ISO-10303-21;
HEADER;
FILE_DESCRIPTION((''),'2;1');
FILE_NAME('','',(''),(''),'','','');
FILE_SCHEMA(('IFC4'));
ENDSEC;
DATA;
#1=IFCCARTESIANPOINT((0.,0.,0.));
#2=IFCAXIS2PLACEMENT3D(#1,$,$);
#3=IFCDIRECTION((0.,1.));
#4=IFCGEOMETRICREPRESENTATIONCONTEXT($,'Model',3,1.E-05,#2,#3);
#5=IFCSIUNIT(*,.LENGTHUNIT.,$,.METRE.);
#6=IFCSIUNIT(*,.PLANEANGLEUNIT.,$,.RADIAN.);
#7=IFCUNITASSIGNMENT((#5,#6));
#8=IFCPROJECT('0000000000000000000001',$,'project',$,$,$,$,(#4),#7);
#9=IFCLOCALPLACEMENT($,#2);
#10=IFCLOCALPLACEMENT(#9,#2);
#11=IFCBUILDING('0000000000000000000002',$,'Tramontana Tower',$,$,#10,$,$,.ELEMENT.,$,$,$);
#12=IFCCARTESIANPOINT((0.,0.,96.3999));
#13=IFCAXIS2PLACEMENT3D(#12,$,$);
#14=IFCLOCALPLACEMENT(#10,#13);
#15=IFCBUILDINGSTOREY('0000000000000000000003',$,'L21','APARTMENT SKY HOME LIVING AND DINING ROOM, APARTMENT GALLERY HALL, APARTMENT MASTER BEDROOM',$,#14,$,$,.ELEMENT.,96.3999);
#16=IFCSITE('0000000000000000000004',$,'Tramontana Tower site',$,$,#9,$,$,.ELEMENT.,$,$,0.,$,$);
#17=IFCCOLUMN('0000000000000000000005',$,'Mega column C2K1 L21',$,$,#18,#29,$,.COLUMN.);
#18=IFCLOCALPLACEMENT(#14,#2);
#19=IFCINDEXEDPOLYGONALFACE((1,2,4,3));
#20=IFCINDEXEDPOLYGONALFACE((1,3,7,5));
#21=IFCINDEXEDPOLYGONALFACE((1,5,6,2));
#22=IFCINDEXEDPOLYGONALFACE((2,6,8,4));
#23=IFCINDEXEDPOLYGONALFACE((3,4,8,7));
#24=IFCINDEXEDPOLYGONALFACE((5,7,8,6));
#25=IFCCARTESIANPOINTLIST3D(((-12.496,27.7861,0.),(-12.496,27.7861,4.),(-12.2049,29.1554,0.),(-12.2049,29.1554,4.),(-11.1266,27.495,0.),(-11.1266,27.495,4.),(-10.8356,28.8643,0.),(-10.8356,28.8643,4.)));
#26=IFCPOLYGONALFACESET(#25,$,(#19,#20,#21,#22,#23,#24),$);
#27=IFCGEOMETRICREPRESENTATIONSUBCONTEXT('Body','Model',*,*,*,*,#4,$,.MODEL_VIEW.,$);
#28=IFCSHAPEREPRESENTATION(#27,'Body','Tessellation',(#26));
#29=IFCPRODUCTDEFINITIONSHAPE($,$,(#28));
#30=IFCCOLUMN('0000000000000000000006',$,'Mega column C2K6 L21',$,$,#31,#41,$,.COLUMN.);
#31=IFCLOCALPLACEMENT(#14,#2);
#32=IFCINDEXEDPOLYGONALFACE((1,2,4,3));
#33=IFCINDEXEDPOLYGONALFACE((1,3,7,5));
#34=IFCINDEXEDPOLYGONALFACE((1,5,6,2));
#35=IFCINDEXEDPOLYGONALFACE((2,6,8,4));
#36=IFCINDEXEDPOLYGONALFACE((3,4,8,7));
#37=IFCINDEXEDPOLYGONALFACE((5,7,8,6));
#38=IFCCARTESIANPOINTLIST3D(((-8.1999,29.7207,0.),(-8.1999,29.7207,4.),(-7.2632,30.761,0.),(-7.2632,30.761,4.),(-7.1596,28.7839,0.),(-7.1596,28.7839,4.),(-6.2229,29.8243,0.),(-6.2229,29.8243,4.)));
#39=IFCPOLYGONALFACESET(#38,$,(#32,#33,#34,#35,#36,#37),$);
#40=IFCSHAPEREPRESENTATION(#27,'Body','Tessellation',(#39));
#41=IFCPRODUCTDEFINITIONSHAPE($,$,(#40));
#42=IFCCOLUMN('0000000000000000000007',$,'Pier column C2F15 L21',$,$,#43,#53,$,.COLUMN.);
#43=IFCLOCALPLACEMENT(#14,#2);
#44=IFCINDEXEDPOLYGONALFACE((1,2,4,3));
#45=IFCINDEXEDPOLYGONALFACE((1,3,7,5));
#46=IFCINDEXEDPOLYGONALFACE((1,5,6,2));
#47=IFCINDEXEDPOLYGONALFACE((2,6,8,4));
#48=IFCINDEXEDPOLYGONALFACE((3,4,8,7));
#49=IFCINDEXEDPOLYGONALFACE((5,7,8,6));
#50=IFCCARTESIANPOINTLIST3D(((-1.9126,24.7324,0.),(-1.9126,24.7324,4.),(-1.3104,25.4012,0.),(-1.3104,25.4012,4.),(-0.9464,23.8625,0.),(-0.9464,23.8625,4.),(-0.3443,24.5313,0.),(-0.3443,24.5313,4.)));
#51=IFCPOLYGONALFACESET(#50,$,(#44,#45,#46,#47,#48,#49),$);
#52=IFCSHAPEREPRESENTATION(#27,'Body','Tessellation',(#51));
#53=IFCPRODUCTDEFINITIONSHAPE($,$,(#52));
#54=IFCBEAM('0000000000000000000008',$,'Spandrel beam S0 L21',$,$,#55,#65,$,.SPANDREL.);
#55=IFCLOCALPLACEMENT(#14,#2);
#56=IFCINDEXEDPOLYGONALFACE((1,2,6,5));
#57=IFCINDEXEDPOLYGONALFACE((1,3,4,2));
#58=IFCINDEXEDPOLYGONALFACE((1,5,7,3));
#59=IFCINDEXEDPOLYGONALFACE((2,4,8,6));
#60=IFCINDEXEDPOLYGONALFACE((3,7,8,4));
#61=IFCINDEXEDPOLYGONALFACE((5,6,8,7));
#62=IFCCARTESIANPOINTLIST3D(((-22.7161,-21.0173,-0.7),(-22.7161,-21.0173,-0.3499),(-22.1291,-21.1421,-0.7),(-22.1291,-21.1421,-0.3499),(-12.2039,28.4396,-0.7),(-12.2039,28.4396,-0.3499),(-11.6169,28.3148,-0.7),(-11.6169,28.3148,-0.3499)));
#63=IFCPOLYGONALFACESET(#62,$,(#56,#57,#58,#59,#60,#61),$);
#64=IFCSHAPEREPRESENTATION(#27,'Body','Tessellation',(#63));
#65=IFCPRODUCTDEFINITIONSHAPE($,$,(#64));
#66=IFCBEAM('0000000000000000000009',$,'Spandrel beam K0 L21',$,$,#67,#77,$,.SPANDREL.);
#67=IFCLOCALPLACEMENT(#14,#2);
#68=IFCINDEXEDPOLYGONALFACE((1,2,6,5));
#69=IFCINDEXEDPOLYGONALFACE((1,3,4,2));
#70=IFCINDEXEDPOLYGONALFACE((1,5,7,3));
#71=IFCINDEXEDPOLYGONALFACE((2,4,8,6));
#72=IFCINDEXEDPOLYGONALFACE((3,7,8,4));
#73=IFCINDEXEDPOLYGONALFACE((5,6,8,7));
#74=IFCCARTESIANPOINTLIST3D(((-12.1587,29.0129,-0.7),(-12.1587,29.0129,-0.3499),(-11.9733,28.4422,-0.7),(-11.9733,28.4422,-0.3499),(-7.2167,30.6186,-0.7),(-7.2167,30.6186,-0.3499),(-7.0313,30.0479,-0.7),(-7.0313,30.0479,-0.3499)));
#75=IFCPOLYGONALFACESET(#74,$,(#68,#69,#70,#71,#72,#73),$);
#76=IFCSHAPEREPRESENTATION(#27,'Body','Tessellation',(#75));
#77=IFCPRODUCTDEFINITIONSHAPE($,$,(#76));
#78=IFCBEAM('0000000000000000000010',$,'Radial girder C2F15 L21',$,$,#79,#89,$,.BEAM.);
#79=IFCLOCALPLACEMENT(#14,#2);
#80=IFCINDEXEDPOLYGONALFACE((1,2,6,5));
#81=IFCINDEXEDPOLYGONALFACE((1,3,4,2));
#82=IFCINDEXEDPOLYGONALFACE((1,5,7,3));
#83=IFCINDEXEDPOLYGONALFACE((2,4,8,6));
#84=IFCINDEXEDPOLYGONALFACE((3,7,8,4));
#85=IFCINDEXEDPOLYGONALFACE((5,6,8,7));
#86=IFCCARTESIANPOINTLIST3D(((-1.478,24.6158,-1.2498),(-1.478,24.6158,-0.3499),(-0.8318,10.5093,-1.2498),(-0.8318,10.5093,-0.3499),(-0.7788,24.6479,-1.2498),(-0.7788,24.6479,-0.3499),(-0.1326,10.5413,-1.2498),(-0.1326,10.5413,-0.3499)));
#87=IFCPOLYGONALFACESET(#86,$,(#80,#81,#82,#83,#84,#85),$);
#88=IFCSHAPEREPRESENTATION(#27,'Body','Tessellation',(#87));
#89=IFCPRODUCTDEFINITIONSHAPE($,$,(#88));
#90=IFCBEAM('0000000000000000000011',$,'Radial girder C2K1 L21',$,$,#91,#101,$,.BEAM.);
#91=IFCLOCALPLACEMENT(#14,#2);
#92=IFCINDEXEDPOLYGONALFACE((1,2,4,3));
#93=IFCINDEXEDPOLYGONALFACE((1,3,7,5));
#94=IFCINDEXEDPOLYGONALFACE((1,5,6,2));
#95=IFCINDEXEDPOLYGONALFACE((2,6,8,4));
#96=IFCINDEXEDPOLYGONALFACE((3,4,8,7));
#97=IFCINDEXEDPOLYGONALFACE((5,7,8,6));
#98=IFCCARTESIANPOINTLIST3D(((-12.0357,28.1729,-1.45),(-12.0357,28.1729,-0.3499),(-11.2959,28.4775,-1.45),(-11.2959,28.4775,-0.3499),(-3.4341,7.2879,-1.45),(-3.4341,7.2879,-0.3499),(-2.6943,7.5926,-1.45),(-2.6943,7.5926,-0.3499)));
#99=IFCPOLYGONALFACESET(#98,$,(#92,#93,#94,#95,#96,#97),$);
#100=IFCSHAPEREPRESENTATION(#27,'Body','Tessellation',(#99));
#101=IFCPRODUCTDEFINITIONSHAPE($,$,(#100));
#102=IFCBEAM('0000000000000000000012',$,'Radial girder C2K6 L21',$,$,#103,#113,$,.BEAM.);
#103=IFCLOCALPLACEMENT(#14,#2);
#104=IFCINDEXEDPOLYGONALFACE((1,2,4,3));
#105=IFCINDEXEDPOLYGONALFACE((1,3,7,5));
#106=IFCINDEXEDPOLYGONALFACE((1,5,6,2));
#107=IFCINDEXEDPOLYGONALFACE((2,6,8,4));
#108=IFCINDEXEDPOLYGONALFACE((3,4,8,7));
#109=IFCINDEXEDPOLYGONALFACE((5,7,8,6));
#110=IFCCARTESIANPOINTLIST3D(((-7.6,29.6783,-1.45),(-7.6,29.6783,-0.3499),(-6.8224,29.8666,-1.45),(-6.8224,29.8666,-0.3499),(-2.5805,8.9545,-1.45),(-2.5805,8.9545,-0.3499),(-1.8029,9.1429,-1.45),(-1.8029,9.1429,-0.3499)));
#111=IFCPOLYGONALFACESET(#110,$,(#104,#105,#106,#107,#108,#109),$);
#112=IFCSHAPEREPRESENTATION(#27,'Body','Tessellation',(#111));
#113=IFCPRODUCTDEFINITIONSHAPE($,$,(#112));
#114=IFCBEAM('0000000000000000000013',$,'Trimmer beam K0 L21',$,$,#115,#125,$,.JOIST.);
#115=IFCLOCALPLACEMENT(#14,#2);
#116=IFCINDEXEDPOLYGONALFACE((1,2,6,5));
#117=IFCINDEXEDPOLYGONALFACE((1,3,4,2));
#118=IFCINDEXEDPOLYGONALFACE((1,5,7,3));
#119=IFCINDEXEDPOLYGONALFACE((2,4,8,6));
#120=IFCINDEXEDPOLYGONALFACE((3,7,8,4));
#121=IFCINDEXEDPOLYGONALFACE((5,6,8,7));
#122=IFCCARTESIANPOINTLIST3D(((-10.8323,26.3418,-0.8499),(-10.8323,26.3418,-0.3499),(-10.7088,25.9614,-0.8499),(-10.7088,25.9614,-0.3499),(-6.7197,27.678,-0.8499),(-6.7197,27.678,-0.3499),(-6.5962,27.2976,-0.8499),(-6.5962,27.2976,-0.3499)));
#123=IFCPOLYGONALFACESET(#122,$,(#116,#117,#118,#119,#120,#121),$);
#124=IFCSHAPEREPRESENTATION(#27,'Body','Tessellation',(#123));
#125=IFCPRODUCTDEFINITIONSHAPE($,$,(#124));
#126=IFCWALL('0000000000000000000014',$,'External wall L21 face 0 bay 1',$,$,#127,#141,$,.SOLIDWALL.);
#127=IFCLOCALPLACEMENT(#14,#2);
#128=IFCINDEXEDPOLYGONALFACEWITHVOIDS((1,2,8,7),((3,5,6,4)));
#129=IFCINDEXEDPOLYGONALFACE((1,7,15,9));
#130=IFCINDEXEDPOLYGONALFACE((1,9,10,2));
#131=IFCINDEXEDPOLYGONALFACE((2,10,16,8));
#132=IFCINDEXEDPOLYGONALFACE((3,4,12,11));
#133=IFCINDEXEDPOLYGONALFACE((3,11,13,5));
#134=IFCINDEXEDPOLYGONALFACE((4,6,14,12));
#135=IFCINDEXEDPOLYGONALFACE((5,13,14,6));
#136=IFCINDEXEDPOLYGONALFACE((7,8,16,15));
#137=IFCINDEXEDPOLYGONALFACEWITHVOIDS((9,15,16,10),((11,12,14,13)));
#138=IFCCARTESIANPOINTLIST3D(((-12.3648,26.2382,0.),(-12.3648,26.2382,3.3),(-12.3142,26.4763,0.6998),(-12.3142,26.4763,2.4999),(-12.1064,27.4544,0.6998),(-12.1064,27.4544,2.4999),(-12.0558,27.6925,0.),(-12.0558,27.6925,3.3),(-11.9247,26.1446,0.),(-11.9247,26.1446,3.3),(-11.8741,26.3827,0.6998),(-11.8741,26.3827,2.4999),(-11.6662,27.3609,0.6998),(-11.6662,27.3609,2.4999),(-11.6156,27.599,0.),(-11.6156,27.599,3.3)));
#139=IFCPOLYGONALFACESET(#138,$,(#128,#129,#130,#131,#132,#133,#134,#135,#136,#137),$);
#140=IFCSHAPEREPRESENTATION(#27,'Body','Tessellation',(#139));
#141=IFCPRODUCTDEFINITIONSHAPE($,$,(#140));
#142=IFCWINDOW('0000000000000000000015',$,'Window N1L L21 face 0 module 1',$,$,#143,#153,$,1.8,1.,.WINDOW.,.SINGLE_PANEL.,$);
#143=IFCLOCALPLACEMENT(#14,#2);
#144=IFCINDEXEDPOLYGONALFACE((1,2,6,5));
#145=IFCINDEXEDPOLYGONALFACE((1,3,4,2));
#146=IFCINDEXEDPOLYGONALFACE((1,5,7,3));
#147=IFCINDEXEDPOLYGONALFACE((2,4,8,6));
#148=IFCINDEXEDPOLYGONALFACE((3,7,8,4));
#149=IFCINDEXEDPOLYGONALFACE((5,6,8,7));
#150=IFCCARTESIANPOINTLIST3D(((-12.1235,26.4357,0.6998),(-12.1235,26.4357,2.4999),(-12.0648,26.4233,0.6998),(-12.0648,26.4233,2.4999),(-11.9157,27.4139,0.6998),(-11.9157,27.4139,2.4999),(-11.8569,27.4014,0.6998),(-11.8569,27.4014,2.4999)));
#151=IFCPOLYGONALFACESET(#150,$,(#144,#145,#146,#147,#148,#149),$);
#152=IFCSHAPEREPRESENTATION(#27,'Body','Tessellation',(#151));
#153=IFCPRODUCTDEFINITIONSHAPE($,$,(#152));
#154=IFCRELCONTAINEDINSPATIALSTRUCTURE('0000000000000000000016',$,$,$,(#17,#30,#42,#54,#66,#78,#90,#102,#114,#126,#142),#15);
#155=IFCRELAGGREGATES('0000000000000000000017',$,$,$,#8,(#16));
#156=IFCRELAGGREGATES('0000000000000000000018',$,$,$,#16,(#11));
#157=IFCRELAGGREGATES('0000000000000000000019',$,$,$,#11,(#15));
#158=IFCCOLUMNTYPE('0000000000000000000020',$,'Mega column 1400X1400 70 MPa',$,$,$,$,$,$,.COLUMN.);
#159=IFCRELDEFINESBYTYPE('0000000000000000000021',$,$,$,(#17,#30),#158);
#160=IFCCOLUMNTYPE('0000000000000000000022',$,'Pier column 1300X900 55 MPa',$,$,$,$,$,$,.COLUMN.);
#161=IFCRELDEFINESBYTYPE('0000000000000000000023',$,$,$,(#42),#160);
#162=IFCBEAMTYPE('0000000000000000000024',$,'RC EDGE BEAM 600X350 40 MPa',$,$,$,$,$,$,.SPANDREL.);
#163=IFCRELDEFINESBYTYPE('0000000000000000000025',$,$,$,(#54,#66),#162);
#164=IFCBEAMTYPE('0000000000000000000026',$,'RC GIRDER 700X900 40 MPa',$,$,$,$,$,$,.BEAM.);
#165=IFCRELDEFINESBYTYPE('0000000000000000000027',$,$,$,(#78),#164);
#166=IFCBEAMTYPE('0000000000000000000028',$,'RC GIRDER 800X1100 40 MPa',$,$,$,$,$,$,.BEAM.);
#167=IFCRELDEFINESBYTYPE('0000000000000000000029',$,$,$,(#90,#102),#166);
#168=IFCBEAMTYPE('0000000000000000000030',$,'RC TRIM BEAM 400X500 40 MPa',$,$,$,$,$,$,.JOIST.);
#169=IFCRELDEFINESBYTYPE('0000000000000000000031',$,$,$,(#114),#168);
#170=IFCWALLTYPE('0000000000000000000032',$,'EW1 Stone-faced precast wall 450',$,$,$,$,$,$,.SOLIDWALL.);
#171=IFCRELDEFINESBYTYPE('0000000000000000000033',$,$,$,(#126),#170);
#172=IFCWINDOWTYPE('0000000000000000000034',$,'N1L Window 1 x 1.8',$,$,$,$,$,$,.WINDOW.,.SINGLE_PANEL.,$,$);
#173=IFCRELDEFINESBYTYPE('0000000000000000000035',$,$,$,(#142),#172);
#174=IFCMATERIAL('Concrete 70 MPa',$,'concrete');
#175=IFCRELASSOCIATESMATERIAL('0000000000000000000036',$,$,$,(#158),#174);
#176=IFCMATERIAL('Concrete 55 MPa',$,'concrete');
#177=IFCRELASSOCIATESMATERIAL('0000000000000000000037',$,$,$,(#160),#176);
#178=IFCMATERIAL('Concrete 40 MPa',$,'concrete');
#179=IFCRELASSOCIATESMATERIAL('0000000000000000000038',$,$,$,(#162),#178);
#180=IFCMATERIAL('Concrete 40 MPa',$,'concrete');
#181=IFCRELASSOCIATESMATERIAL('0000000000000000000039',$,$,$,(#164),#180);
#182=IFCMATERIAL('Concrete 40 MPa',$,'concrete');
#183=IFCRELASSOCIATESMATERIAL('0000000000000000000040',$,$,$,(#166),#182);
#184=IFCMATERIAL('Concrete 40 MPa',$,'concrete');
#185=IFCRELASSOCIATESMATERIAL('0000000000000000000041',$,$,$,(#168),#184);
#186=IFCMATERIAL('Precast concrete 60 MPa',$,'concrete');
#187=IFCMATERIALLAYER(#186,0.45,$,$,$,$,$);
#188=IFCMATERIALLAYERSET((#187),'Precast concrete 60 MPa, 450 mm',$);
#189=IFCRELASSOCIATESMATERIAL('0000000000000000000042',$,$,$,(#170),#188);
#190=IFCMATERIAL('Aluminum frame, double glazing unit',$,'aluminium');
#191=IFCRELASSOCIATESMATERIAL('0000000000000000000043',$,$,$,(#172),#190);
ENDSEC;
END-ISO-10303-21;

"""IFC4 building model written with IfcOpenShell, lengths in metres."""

from ifc_helpers import new_model, si_unit, direction, frame, frame_2d, origin, origin_2d, place, context, subcontext, project, spatial, rectangle, extrude, material, layer, layer_set, material_profile, profile_set, type_object, element, fill, save


model = new_model("IFC4")

# Units and contexts
model_context = context("Model", 3, precision=1e-05, world=origin(), true_north=direction((0.0, 1.0)))
body_context = subcontext(model_context, "Body", "Model", "MODEL_VIEW")
ifc_project = project(units=[si_unit("LENGTHUNIT", "METRE"), si_unit("PLANEANGLEUNIT", "RADIAN")], contexts=[model_context])

# Site, building, storey
site_placement = place(None, origin())
site = spatial("IfcSite", under=ifc_project, at=site_placement, Name="Tramontana Tower site", CompositionType="ELEMENT", RefElevation=0.0)
building_placement = place(site_placement, origin())
building = spatial("IfcBuilding", under=site, at=building_placement, Name="Tramontana Tower", CompositionType="ELEMENT")
storey_placement = place(building_placement, frame((0.0, 0.0, 96.3999)))
storey = spatial("IfcBuildingStorey", under=building, at=storey_placement, Name="L21", Description="APARTMENT SKY HOME LIVING AND DINING ROOM, APARTMENT GALLERY HALL, APARTMENT MASTER BEDROOM", CompositionType="ELEMENT", Elevation=96.3999)

# Columns
ifc_material_1 = material(Name="Concrete 70 MPa", Category="concrete")
ifc_material_profile_1 = material_profile(ifc_material_1, rectangle(XDim=1.3999, YDim=1.3999, at=origin_2d()), Name="Mega column 1400X1400 70 MPa")
ifc_profile_set_1 = profile_set([ifc_material_profile_1], Name="Concrete 70 MPa")
column_type_1 = type_object("IfcColumnType", Name="Mega column 1400X1400 70 MPa", PredefinedType="COLUMN", material=ifc_profile_set_1)
for number, where, z_axis, x_axis, name in (
    (1, (-11.6658, 28.3252, 0.0), (0.0, 0.0, 1.0), (-0.207912, -0.978148, 0.0), "Mega column C2K1 L21"),
    (2, (-7.2114, 29.7725, 0.0), (0.0, 0.0, 1.0), (-0.743145, 0.669131, 0.0), "Mega column C2K6 L21"),
):
    element("IfcColumn", number, at=place(storey_placement, frame(where, z_axis=z_axis, x_axis=x_axis)), inside=storey, type_object=column_type_1, Name=name, PredefinedType="COLUMN", context=body_context, shape_type="SweptSolid", body=[
        extrude(rectangle(XDim=1.3999, YDim=1.3999, at=origin_2d()), origin(), (0.0, 0.0, 1.0), 4.0),
    ])
ifc_material_2 = material(Name="Concrete 55 MPa", Category="concrete")
ifc_material_profile_2 = material_profile(ifc_material_2, rectangle(XDim=1.3, YDim=0.8999, at=origin_2d()), Name="Pier column 1300X900 55 MPa")
ifc_profile_set_2 = profile_set([ifc_material_profile_2], Name="Concrete 55 MPa")
column_type_2 = type_object("IfcColumnType", Name="Pier column 1300X900 55 MPa", PredefinedType="COLUMN", material=ifc_profile_set_2)
column_placement = place(storey_placement, frame((-1.1284, 24.6318, 0.0), z_axis=(0.0, 0.0, 1.0), x_axis=(-0.743145, 0.669131, 0.0)))
element("IfcColumn", 3, at=column_placement, inside=storey, type_object=column_type_2, Name="Pier column C2F15 L21", PredefinedType="COLUMN", context=body_context, shape_type="SweptSolid", body=[
    extrude(rectangle(XDim=1.3, YDim=0.8999, at=origin_2d()), origin(), (0.0, 0.0, 1.0), 4.0),
])

# Beams
ifc_material_3 = material(Name="Concrete 40 MPa", Category="concrete")
ifc_material_profile_3 = material_profile(ifc_material_3, rectangle(XDim=0.6001, YDim=0.3501, at=origin_2d()), Name="RC EDGE BEAM 600X350 40 MPa")
ifc_profile_set_3 = profile_set([ifc_material_profile_3], Name="Concrete 40 MPa")
beam_type_1 = type_object("IfcBeamType", Name="RC EDGE BEAM 600X350 40 MPa", PredefinedType="SPANDREL", material=ifc_profile_set_3)
beam_1_placement = place(storey_placement, frame((-11.9104, 28.3772, -0.5249), z_axis=(-0.207909, -0.978148, 0.0), x_axis=(0.978148, -0.207909, 0.0)))
element("IfcBeam", 4, at=beam_1_placement, inside=storey, type_object=beam_type_1, Name="Spandrel beam S0 L21", PredefinedType="SPANDREL", context=body_context, shape_type="SweptSolid", body=[
    extrude(rectangle(XDim=0.6001, YDim=0.3501, at=origin_2d()), origin(), (0.0, 0.0, 1.0), 50.5618),
])
beam_2_placement = place(storey_placement, frame((-7.124, 30.3333, -0.5249), z_axis=(-0.951057, -0.309016, 0.0), x_axis=(0.309016, -0.951057, 0.0)))
element("IfcBeam", 5, at=beam_2_placement, inside=storey, type_object=beam_type_1, Name="Spandrel beam K0 L21", PredefinedType="SPANDREL", context=body_context, shape_type="SweptSolid", body=[
    extrude(rectangle(XDim=0.6001, YDim=0.3501, at=origin_2d()), origin(), (0.0, 0.0, 1.0), 5.1963),
])
ifc_material_4 = material(Name="Concrete 40 MPa", Category="concrete")
ifc_material_profile_4 = material_profile(ifc_material_4, rectangle(XDim=0.7, YDim=0.8999, at=origin_2d()), Name="RC GIRDER 700X900 40 MPa")
ifc_profile_set_4 = profile_set([ifc_material_profile_4], Name="Concrete 40 MPa")
beam_type_2 = type_object("IfcBeamType", Name="RC GIRDER 700X900 40 MPa", PredefinedType="BEAM", material=ifc_profile_set_4)
beam_3_placement = place(storey_placement, frame((-1.1284, 24.6318, -0.7998), z_axis=(0.045764, -0.998952, 0.0), x_axis=(0.998952, 0.045764, 0.0)))
element("IfcBeam", 6, at=beam_3_placement, inside=storey, type_object=beam_type_2, Name="Radial girder C2F15 L21", PredefinedType="BEAM", context=body_context, shape_type="SweptSolid", body=[
    extrude(rectangle(XDim=0.7, YDim=0.8999, at=origin_2d()), origin(), (0.0, 0.0, 1.0), 14.1213),
])
ifc_material_5 = material(Name="Concrete 40 MPa", Category="concrete")
ifc_material_profile_5 = material_profile(ifc_material_5, rectangle(XDim=0.8, YDim=1.1001, at=origin_2d()), Name="RC GIRDER 800X1100 40 MPa")
ifc_profile_set_5 = profile_set([ifc_material_profile_5], Name="Concrete 40 MPa")
beam_type_3 = type_object("IfcBeamType", Name="RC GIRDER 800X1100 40 MPa", PredefinedType="BEAM", material=ifc_profile_set_5)
beam_4_placement = place(storey_placement, frame((-11.6658, 28.3252, -0.8999), z_axis=(0.38082, -0.924649, 0.0), x_axis=(0.924649, 0.38082, 0.0)))
element("IfcBeam", 7, at=beam_4_placement, inside=storey, type_object=beam_type_3, Name="Radial girder C2K1 L21", PredefinedType="BEAM", context=body_context, shape_type="SweptSolid", body=[
    extrude(rectangle(XDim=0.8, YDim=1.1001, at=origin_2d()), origin(), (0.0, 0.0, 1.0), 22.5869),
])
beam_5_placement = place(storey_placement, frame((-7.2112, 29.7725, -0.8999), z_axis=(0.235403, -0.971898, 0.0), x_axis=(0.971898, 0.235403, 0.0)))
element("IfcBeam", 8, at=beam_5_placement, inside=storey, type_object=beam_type_3, Name="Radial girder C2K6 L21", PredefinedType="BEAM", context=body_context, shape_type="SweptSolid", body=[
    extrude(rectangle(XDim=0.8, YDim=1.1001, at=origin_2d()), origin(), (0.0, 0.0, 1.0), 21.323),
])
ifc_material_6 = material(Name="Concrete 40 MPa", Category="concrete")
ifc_material_profile_6 = material_profile(ifc_material_6, rectangle(XDim=0.3999, YDim=0.5, at=origin_2d()), Name="RC TRIM BEAM 400X500 40 MPa")
ifc_profile_set_6 = profile_set([ifc_material_profile_6], Name="Concrete 40 MPa")
beam_type_4 = type_object("IfcBeamType", Name="RC TRIM BEAM 400X500 40 MPa", PredefinedType="JOIST", material=ifc_profile_set_6)
beam_6_placement = place(storey_placement, frame((-6.658, 27.4878, -0.5999), z_axis=(-0.951061, -0.309003, 0.0), x_axis=(0.309003, -0.951061, 0.0)))
element("IfcBeam", 9, at=beam_6_placement, inside=storey, type_object=beam_type_4, Name="Trimmer beam K0 L21", PredefinedType="JOIST", context=body_context, shape_type="SweptSolid", body=[
    extrude(rectangle(XDim=0.3999, YDim=0.5, at=origin_2d()), origin(), (0.0, 0.0, 1.0), 4.3242),
])

# Wall, opening, window
ifc_material_7 = material(Name="Precast concrete 60 MPa", Category="concrete")
ifc_layer_1 = layer(ifc_material_7, 0.45)
ifc_layer_set_1 = layer_set([ifc_layer_1], Name="Precast concrete 60 MPa, 450 mm")
wall_type_1 = type_object("IfcWallType", Name="EW1 Stone-faced precast wall 450", PredefinedType="SOLIDWALL", material=ifc_layer_set_1)
wall_1_placement = place(storey_placement, frame((-11.8357, 27.6458, 0.0), z_axis=(0.0, 0.0, 1.0), x_axis=(-0.20788, -0.978154, 0.0)))
wall_1 = element("IfcWall", 10, at=wall_1_placement, inside=storey, type_object=wall_type_1, Name="External wall L21 face 0 bay 1", PredefinedType="SOLIDWALL", context=body_context, shape_type="SweptSolid", body=[
    extrude(rectangle(XDim=1.4868, YDim=0.45, at=frame_2d((0.7434, 0.0))), origin(), (0.0, 0.0, 1.0), 3.3),
])
opening_1_placement = place(wall_1_placement, frame((0.2434, 0.0, 0.7)))
opening_1 = element("IfcOpeningElement", 11, at=opening_1_placement, cuts=wall_1, PredefinedType="OPENING", context=body_context, shape_type="SweptSolid", body=[
    extrude(rectangle(XDim=1.0, YDim=1.8, at=frame_2d((0.5, 0.8999))), frame((0.0, 0.2349, 0.0), z_axis=(0.0, -1.0, 0.0), x_axis=(1.0, 0.0, 0.0)), (0.0, 0.0, 1.0), 0.47),
])
ifc_material_8 = material(Name="Aluminum frame, double glazing unit", Category="aluminium")
window_type_1 = type_object("IfcWindowType", Name="N1L Window 1 x 1.8", PartitioningType="SINGLE_PANEL", PredefinedType="WINDOW", material=ifc_material_8)
window_1_placement = place(opening_1_placement, origin())
window_1 = element("IfcWindow", 12, at=window_1_placement, inside=storey, type_object=window_type_1, Name="Window N1L L21 face 0 module 1", OverallHeight=1.8, OverallWidth=1.0, PartitioningType="SINGLE_PANEL", PredefinedType="WINDOW", context=body_context, shape_type="SweptSolid", body=[
    extrude(rectangle(XDim=1.0, YDim=1.8, at=frame_2d((0.5, 0.8999))), frame((0.0, 0.03, 0.0), z_axis=(0.0, -1.0, 0.0), x_axis=(1.0, 0.0, 0.0)), (0.0, 0.0, 1.0), 0.0601),
])
fill(opening_1, window_1)

save(model, "model.ifc")
